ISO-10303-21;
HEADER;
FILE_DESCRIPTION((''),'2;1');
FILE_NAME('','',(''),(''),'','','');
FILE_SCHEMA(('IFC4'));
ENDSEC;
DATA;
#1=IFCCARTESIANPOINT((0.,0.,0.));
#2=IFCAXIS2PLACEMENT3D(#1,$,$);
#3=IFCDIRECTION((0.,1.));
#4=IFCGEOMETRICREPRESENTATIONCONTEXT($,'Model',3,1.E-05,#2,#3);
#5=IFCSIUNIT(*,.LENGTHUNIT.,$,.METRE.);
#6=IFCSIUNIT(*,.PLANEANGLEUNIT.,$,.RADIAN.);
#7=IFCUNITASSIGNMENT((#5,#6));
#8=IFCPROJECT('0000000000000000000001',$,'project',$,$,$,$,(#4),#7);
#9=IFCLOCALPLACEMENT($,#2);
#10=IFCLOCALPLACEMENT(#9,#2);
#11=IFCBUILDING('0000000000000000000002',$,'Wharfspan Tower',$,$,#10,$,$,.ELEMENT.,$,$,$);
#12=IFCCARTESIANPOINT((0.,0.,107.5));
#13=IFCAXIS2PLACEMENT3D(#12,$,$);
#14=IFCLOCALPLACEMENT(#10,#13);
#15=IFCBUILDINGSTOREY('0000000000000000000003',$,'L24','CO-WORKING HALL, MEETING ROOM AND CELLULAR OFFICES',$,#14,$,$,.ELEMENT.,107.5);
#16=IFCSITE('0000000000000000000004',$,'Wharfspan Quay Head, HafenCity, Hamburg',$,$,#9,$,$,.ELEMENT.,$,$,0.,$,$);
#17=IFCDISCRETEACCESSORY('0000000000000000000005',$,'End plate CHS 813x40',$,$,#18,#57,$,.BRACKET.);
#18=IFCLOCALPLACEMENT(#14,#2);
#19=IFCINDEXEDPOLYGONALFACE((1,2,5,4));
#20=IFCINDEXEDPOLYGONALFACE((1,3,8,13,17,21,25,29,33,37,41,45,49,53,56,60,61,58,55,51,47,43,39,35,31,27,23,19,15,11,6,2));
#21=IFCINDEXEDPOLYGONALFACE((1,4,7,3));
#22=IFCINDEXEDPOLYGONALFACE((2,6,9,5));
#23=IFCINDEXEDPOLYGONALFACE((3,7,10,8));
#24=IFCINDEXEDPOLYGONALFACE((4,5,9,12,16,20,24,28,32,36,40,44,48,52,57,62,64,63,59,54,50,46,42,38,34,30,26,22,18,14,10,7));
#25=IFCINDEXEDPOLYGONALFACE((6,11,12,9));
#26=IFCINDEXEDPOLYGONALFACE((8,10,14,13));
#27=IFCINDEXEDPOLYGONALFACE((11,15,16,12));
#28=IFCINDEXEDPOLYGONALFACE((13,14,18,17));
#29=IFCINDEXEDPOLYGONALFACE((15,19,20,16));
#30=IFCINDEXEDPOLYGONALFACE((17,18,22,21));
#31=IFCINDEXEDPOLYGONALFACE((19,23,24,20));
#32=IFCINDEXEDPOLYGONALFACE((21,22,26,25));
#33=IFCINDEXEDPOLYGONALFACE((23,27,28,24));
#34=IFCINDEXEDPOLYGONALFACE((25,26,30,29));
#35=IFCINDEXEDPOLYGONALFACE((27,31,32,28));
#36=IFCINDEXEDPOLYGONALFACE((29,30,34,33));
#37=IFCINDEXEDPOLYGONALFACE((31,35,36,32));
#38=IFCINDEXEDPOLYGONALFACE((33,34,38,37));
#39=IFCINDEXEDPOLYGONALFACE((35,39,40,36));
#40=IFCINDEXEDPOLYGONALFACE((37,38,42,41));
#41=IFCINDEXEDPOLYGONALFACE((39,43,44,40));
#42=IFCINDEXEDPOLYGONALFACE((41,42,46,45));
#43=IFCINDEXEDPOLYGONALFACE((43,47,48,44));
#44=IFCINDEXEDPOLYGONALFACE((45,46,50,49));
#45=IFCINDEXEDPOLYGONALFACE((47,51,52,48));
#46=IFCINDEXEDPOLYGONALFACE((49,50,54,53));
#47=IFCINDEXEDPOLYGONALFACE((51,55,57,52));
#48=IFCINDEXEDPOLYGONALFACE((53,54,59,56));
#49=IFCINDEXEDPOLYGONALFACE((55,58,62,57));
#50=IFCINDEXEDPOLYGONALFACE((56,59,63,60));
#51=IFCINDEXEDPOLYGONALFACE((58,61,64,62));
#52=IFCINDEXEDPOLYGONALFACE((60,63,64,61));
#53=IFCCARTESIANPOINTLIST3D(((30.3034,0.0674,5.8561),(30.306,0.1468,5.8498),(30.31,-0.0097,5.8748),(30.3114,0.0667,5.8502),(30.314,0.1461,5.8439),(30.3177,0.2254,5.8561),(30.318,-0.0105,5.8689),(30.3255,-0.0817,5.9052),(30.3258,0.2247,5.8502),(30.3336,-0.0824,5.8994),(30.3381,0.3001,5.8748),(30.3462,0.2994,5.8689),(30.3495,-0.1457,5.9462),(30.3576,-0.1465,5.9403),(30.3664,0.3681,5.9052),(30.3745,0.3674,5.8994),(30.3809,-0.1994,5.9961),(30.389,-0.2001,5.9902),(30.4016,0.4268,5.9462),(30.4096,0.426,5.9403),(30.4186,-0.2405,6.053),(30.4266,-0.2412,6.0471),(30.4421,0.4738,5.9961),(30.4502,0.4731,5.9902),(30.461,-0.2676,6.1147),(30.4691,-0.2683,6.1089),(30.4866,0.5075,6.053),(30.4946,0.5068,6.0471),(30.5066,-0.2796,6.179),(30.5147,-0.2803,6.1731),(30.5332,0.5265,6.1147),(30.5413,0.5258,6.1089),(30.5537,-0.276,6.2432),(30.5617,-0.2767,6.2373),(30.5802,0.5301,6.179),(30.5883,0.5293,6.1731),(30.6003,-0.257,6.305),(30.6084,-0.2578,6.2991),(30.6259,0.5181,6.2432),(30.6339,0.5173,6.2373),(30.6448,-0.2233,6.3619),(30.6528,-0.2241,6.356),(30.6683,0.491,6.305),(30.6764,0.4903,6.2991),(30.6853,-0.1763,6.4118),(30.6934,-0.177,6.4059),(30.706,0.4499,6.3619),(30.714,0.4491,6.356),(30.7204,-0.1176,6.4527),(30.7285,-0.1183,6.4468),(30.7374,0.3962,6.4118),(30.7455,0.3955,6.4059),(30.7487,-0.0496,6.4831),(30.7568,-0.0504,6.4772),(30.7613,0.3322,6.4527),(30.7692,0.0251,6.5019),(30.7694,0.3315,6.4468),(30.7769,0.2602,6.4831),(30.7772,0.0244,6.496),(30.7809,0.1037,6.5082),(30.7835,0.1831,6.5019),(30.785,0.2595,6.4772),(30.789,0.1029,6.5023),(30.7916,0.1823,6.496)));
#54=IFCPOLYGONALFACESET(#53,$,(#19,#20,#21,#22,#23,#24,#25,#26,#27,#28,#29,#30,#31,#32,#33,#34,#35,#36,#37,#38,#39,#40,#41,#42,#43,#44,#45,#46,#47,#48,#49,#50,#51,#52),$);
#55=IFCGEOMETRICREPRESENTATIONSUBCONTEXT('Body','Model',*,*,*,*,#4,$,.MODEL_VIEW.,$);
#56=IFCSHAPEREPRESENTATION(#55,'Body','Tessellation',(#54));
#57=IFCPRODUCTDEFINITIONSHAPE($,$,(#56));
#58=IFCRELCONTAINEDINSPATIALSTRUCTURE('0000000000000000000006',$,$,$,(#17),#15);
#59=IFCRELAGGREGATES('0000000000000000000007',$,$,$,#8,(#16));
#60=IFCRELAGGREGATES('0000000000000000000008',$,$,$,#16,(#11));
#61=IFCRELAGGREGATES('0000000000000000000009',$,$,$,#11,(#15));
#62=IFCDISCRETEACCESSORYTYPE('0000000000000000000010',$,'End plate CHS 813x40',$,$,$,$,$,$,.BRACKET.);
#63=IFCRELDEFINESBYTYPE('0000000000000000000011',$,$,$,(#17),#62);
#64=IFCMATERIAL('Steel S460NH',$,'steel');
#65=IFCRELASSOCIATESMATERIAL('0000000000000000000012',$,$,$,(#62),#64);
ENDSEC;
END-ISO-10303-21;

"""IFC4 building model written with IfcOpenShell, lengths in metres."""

from ifc_helpers import new_model, si_unit, direction, frame, origin, origin_2d, place, context, subcontext, project, spatial, circle, extrude, material, material_profile, profile_set, type_object, element, save


model = new_model("IFC4")

# Units and contexts
model_context = context("Model", 3, precision=1e-05, world=origin(), true_north=direction((0.0, 1.0)))
body_context = subcontext(model_context, "Body", "Model", "MODEL_VIEW")
ifc_project = project(units=[si_unit("LENGTHUNIT", "METRE"), si_unit("PLANEANGLEUNIT", "RADIAN")], contexts=[model_context])

# Site, building, storey
site_placement = place(None, origin())
site = spatial("IfcSite", under=ifc_project, at=site_placement, Name="Wharfspan Quay Head, HafenCity, Hamburg", CompositionType="ELEMENT", RefElevation=0.0)
building_placement = place(site_placement, origin())
building = spatial("IfcBuilding", under=site, at=building_placement, Name="Wharfspan Tower", CompositionType="ELEMENT")
storey_placement = place(building_placement, frame((0.0, 0.0, 107.5)))
storey = spatial("IfcBuildingStorey", under=building, at=storey_placement, Name="L24", Description="CO-WORKING HALL, MEETING ROOM AND CELLULAR OFFICES", CompositionType="ELEMENT", Elevation=107.5)

# Shared definitions
ifc_material_1 = material(Name="Steel S460NH", Category="steel")

# Discrete accessory
ifc_material_profile_1 = material_profile(ifc_material_1, circle(Radius=0.4065, at=origin_2d()))
ifc_profile_set_1 = profile_set([ifc_material_profile_1], Name="Steel S460NH")
discrete_accessory_type = type_object("IfcDiscreteAccessoryType", Name="End plate CHS 813x40", PredefinedType="BRACKET", material=ifc_profile_set_1)
for number, where, z_axis, x_axis, name in (
    (1, (30.5515, 0.1245, 6.1731), (-0.806559, 0.073324, 0.586588), (-0.090536, -0.99589, 0.0), "End plate CHS 813x40"),
):
    element("IfcDiscreteAccessory", number, at=place(storey_placement, frame(where, z_axis=z_axis, x_axis=x_axis)), inside=storey, type_object=discrete_accessory_type, Name=name, PredefinedType="BRACKET", context=body_context, shape_type="SweptSolid", body=[
        extrude(circle(Radius=0.4065, at=origin_2d()), origin(), (0.0, 0.0, 1.0), 0.01),
    ])

save(model, "model.ifc")
